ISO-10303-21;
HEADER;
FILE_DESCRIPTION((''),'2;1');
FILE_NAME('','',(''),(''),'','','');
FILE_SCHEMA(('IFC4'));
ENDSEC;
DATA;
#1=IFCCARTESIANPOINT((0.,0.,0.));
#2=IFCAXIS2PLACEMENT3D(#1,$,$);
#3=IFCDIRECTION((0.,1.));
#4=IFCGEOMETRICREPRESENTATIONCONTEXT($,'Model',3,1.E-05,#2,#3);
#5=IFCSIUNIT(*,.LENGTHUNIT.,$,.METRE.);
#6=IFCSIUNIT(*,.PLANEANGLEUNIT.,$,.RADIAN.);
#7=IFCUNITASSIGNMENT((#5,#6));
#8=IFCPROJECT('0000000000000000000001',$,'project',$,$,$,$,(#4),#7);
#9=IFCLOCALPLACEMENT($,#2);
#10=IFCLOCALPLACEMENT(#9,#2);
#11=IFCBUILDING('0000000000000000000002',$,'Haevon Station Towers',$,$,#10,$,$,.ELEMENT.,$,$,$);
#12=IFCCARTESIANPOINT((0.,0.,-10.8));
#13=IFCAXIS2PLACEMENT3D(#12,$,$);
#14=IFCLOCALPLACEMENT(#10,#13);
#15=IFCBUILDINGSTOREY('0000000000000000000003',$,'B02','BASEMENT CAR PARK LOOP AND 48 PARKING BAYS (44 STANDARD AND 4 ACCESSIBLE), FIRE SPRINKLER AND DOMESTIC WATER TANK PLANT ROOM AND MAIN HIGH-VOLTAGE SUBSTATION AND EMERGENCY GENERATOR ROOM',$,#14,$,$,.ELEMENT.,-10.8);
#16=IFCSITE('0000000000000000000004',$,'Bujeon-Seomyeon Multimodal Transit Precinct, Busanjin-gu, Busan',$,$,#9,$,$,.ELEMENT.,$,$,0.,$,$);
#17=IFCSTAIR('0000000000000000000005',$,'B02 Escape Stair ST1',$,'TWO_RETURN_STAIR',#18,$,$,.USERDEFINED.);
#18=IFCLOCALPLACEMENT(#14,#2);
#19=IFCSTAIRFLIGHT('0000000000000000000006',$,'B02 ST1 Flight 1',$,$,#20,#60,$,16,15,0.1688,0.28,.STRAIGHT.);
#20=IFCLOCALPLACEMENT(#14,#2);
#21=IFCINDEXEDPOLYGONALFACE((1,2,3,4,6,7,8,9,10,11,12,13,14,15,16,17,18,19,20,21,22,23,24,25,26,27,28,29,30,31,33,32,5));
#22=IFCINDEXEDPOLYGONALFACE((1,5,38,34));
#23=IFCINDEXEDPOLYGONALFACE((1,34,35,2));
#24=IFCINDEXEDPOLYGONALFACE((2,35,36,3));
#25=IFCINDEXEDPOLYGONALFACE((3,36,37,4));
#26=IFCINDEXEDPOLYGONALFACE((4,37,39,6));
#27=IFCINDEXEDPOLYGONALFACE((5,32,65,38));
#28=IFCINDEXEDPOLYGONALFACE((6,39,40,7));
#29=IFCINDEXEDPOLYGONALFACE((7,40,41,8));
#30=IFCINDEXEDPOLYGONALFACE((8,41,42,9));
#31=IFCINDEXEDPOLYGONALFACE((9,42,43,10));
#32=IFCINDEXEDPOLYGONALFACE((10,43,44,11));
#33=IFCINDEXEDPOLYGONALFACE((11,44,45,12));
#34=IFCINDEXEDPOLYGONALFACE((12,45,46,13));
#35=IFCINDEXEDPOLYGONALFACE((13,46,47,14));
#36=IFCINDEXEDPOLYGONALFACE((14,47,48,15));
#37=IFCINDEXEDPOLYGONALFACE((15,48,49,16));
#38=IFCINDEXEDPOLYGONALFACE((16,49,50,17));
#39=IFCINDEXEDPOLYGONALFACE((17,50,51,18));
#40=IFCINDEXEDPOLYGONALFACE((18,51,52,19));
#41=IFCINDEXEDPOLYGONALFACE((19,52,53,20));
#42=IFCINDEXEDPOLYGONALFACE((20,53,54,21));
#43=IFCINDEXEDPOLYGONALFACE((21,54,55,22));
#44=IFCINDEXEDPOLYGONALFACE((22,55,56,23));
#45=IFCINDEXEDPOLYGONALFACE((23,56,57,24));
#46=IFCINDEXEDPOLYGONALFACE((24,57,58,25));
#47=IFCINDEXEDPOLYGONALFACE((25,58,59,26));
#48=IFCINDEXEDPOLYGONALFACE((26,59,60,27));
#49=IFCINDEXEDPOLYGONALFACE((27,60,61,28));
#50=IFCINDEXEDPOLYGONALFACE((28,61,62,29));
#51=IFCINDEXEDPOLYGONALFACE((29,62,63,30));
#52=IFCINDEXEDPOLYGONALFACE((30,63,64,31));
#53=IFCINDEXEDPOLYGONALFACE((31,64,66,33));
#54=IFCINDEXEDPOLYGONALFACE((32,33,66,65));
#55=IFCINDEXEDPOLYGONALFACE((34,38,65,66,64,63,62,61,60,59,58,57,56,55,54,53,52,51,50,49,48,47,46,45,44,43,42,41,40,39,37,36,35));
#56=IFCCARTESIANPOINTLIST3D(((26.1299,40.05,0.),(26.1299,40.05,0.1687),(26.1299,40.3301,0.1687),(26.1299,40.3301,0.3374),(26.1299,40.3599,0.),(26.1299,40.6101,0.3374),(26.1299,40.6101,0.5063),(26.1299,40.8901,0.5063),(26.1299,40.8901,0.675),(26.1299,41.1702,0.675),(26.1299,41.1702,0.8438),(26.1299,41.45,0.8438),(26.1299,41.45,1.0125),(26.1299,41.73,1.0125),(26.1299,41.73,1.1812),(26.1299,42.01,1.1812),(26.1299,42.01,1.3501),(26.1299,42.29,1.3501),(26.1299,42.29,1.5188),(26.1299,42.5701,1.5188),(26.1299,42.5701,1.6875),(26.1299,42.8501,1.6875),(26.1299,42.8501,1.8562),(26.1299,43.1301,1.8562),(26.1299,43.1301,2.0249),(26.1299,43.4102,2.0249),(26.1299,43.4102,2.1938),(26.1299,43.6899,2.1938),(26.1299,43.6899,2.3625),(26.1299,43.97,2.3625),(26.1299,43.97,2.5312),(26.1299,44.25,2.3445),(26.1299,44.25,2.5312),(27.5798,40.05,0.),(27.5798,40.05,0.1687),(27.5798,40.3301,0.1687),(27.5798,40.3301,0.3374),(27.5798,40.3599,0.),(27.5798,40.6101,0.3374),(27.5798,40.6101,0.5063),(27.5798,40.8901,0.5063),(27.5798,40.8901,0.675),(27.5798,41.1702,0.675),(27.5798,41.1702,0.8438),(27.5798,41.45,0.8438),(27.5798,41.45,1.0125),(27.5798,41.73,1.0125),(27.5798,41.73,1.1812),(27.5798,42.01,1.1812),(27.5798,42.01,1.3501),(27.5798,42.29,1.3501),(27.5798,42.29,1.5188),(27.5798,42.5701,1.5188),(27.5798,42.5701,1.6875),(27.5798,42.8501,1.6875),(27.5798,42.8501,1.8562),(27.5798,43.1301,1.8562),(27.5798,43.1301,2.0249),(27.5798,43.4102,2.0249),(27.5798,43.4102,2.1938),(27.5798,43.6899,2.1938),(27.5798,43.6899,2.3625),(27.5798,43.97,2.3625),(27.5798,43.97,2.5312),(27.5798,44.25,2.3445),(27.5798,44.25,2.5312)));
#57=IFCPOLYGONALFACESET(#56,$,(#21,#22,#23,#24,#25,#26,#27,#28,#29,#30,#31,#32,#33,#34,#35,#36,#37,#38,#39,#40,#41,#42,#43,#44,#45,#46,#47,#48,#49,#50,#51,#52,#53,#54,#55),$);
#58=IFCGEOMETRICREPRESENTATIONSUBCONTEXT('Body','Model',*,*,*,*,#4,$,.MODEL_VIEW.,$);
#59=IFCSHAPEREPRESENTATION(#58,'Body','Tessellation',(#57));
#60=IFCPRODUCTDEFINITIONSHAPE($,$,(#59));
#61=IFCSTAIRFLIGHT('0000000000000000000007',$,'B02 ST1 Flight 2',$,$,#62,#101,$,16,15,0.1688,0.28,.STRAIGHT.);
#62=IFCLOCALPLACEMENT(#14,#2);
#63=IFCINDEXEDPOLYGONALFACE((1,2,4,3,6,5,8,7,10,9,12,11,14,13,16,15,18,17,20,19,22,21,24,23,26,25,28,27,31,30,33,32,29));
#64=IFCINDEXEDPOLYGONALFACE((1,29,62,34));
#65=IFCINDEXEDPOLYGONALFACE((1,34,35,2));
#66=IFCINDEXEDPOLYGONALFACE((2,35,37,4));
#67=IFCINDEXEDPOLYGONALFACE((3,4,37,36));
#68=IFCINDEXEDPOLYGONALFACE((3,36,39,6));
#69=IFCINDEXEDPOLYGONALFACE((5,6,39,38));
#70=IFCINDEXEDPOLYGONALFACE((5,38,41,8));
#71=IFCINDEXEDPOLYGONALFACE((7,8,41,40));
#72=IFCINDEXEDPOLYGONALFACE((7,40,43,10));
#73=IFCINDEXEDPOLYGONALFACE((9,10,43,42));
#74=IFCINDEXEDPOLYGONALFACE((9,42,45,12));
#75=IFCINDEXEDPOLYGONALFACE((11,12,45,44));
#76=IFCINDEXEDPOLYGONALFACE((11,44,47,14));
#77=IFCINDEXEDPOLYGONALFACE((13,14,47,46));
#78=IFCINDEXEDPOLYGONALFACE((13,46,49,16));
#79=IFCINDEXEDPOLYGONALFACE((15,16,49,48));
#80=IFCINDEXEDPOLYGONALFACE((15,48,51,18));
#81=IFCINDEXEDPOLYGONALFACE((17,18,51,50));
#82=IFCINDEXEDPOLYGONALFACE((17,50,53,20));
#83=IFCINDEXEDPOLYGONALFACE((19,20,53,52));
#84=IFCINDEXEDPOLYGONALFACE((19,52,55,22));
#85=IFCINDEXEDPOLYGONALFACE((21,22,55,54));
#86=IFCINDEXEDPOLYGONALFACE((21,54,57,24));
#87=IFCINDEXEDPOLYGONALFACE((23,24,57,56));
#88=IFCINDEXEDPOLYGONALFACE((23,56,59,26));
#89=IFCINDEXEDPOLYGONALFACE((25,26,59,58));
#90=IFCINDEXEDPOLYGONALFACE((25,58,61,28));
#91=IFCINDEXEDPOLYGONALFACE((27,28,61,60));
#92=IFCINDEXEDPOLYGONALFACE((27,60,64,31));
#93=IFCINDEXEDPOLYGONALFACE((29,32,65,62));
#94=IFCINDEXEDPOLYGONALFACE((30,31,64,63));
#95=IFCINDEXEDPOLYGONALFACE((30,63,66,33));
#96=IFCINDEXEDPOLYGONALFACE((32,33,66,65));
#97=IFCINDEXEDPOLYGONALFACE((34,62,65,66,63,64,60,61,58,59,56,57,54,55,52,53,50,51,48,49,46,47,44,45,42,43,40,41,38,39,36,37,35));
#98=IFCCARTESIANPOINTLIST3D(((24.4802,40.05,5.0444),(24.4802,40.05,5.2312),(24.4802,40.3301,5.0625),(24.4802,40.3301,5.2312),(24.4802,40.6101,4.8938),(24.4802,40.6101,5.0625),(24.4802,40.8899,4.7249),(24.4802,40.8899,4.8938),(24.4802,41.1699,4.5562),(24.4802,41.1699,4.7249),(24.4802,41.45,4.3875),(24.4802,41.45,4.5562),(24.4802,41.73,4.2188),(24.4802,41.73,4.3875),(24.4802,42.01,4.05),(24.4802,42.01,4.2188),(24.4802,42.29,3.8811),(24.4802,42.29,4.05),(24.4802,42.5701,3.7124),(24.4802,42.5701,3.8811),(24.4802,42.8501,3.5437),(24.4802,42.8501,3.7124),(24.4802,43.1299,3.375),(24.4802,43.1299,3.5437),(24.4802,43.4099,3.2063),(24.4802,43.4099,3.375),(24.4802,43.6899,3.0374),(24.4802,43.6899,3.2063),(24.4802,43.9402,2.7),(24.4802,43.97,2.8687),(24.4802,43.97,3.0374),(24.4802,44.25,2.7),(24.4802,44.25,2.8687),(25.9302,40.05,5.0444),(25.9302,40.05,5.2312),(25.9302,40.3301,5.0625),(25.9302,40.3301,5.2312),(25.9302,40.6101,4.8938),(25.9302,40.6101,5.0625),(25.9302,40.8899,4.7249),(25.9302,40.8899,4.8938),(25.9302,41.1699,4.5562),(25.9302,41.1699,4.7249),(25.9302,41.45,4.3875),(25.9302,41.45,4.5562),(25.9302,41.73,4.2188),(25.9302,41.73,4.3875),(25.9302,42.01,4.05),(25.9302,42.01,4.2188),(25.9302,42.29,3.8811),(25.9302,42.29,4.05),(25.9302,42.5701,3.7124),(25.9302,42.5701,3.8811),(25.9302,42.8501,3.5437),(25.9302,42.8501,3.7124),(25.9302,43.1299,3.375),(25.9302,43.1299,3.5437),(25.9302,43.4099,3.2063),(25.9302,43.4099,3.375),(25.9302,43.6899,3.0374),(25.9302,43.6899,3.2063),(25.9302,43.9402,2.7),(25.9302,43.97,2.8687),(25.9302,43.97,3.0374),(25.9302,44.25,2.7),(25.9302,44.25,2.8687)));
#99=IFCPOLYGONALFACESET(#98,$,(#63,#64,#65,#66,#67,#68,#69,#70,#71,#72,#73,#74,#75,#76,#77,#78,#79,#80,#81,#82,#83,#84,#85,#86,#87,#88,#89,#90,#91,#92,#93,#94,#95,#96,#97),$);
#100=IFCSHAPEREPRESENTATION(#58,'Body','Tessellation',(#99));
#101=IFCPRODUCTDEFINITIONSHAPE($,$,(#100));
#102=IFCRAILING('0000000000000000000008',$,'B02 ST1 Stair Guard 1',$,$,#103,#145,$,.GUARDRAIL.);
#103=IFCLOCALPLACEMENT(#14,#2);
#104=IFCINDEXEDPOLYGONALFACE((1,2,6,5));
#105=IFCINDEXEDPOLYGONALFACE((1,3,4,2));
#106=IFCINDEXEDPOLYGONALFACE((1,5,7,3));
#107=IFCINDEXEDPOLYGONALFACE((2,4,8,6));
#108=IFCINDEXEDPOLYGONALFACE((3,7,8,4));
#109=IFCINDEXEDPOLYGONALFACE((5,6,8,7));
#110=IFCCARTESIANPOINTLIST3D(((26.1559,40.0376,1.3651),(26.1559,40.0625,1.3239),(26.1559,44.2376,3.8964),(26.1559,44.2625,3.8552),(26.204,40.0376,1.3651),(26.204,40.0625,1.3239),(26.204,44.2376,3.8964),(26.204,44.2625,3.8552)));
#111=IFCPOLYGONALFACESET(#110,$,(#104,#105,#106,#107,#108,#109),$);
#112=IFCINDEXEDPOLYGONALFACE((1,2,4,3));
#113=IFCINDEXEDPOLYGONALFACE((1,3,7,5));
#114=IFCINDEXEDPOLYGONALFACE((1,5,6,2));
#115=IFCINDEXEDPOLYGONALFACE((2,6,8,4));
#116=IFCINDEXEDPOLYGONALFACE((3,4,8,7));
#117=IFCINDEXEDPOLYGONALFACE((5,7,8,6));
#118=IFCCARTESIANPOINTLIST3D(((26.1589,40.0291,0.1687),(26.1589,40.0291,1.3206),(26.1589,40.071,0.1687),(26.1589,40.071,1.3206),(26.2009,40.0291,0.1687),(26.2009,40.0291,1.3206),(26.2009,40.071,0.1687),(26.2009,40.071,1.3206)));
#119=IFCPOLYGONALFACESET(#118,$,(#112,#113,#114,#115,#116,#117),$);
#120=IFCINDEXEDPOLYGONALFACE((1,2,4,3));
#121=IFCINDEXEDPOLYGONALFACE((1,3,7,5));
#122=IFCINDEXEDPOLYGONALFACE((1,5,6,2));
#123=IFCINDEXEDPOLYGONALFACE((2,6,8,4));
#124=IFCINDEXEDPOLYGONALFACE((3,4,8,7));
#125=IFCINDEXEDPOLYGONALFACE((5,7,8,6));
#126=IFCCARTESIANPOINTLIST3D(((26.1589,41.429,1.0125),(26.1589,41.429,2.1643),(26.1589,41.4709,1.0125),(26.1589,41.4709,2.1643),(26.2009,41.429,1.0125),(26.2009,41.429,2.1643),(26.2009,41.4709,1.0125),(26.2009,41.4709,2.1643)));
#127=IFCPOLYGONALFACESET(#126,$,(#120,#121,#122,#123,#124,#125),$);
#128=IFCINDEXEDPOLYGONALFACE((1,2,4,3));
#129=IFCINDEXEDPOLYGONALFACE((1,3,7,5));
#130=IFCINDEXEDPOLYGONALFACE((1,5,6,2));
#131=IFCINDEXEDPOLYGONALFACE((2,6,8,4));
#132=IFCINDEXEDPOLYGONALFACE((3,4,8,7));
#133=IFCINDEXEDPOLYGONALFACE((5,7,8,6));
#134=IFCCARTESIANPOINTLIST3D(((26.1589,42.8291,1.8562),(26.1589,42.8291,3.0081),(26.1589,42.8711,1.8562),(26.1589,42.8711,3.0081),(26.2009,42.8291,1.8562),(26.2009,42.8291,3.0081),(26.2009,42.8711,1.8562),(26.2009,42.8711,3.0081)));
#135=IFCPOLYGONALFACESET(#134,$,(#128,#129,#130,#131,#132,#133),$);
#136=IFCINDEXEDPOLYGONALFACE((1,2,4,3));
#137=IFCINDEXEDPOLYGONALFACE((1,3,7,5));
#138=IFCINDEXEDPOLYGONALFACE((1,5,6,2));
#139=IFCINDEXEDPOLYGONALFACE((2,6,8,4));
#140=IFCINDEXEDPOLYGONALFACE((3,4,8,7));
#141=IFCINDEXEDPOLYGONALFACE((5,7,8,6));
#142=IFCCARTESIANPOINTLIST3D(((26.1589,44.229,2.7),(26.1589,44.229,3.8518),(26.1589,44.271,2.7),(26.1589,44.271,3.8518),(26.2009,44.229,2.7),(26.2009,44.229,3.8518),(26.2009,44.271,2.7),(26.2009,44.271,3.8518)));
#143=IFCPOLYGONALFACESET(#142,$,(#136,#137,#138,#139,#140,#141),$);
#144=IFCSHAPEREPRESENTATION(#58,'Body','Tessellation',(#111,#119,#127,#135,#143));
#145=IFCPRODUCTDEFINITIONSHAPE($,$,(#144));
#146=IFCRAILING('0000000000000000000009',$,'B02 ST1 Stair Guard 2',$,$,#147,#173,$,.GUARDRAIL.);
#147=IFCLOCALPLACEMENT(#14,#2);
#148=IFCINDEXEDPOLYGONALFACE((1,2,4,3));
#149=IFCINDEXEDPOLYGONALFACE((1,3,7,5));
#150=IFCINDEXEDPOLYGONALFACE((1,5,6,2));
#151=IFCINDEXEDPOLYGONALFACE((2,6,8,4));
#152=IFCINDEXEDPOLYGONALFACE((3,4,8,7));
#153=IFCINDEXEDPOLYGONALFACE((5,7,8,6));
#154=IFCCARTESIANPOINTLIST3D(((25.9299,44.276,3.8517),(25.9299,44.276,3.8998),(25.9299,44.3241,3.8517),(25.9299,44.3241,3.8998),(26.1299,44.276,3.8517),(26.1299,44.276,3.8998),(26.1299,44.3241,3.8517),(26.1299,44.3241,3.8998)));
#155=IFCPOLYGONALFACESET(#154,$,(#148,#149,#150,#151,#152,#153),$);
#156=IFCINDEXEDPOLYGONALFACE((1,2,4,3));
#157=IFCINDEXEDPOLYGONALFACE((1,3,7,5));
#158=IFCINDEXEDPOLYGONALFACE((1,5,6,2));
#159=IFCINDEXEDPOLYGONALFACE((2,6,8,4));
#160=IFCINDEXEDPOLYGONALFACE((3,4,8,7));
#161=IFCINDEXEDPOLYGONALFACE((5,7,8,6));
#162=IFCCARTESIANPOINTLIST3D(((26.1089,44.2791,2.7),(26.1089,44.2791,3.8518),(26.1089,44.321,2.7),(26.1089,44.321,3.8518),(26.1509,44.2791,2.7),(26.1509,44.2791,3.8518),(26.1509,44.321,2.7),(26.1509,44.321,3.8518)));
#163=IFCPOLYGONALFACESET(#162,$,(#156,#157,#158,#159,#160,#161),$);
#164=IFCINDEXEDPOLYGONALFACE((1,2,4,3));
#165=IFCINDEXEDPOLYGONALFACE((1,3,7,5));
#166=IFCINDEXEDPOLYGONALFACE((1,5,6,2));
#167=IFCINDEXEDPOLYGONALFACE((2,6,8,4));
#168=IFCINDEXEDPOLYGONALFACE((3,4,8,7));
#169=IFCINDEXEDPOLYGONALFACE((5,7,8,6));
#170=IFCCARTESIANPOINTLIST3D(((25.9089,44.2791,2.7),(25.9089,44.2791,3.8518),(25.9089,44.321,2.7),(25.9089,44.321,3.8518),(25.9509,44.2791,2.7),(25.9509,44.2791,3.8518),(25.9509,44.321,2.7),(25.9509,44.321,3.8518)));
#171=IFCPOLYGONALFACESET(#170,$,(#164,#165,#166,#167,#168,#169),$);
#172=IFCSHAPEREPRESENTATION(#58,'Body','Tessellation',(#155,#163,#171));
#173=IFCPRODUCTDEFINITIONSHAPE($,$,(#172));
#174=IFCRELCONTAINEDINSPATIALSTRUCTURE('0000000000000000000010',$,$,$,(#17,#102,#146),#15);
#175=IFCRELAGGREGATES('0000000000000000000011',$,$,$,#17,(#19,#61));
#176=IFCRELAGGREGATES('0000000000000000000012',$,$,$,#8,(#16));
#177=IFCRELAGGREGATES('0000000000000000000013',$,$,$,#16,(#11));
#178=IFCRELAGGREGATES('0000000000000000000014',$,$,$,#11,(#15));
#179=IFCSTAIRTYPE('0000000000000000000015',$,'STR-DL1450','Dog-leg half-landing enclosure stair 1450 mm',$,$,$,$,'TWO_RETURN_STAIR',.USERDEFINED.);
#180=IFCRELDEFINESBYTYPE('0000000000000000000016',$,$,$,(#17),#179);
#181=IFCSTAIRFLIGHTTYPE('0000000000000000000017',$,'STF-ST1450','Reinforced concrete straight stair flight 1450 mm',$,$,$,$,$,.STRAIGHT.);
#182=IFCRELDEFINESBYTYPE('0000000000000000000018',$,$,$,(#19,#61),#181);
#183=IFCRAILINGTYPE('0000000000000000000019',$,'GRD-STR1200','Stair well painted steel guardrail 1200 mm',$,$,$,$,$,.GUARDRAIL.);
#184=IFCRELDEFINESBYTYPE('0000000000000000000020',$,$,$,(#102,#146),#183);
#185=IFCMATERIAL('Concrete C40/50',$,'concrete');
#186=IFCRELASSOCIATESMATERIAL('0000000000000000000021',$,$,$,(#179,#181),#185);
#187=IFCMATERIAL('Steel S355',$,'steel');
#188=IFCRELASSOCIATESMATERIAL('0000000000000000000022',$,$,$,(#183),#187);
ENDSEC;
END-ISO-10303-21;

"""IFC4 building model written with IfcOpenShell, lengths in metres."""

from ifc_helpers import new_model, si_unit, direction, frame, origin, origin_2d, place, context, subcontext, project, spatial, polyline, rectangle, outline, extrude, material, type_object, element, aggregate, save


model = new_model("IFC4")

# Units and contexts
model_context = context("Model", 3, precision=1e-05, world=origin(), true_north=direction((0.0, 1.0)))
body_context = subcontext(model_context, "Body", "Model", "MODEL_VIEW")
ifc_project = project(units=[si_unit("LENGTHUNIT", "METRE"), si_unit("PLANEANGLEUNIT", "RADIAN")], contexts=[model_context])

# Site, building, storey
site_placement = place(None, origin())
site = spatial("IfcSite", under=ifc_project, at=site_placement, Name="Bujeon-Seomyeon Multimodal Transit Precinct, Busanjin-gu, Busan", CompositionType="ELEMENT", RefElevation=0.0)
building_placement = place(site_placement, origin())
building = spatial("IfcBuilding", under=site, at=building_placement, Name="Haevon Station Towers", CompositionType="ELEMENT")
storey_placement = place(building_placement, frame((0.0, 0.0, -10.8)))
storey = spatial("IfcBuildingStorey", under=building, at=storey_placement, Name="B02", Description="BASEMENT CAR PARK LOOP AND 48 PARKING BAYS (44 STANDARD AND 4 ACCESSIBLE), FIRE SPRINKLER AND DOMESTIC WATER TANK PLANT ROOM AND MAIN HIGH-VOLTAGE SUBSTATION AND EMERGENCY GENERATOR ROOM", CompositionType="ELEMENT", Elevation=-10.8)

# Shared definitions
ifc_material_1 = material(Name="Steel S355", Category="steel")

# Shared definitions
ifc_material_2 = material(Name="Concrete C40/50", Category="concrete")

# Stair, stair flights
stair_type = type_object("IfcStairType", Name="STR-DL1450", Description="Dog-leg half-landing enclosure stair 1450 mm", ElementType="TWO_RETURN_STAIR", PredefinedType="USERDEFINED", material=ifc_material_2)
stair_placement = place(storey_placement, origin())
stair = element("IfcStair", 1, at=stair_placement, inside=storey, type_object=stair_type, Name="B02 Escape Stair ST1", ObjectType="TWO_RETURN_STAIR", PredefinedType="USERDEFINED")
stair_flight_type = type_object("IfcStairFlightType", Name="STF-ST1450", Description="Reinforced concrete straight stair flight 1450 mm", PredefinedType="STRAIGHT", material=ifc_material_2)
stair_flight_1_placement = place(storey_placement, frame((26.855, 40.05, 0.0), z_axis=(0.0, 0.0, 1.0), x_axis=(0.0, 1.0, 0.0)))
stair_flight_1 = element("IfcStairFlight", 2, at=stair_flight_1_placement, type_object=stair_flight_type, Name="B02 ST1 Flight 1", NumberOfRisers=16, NumberOfTreads=15, PredefinedType="STRAIGHT", RiserHeight=0.1688, TreadLength=0.28, context=body_context, shape_type="SweptSolid", body=[
    extrude(outline(polyline([(0.0, 0.0), (0.0, 0.1687), (0.28, 0.1687), (0.28, 0.3374), (0.5601, 0.3374), (0.5601, 0.5063), (0.8401, 0.5063), (0.8401, 0.675), (1.1201, 0.675), (1.1201, 0.8438), (1.3999, 0.8438), (1.3999, 1.0125), (1.6799, 1.0125), (1.6799, 1.1812), (1.96, 1.1812), (1.96, 1.3501), (2.24, 1.3501), (2.24, 1.5188), (2.52, 1.5188), (2.52, 1.6875), (2.8, 1.6875), (2.8, 1.8562), (3.0801, 1.8562), (3.0801, 2.0249), (3.3601, 2.0249), (3.3601, 2.1938), (3.6399, 2.1938), (3.6399, 2.3625), (3.9199, 2.3625), (3.9199, 2.5312), (4.2, 2.5312), (4.2, 2.7), (4.2, 2.3445), (0.3098, 0.0), (0.0, 0.0)])), frame((0.0, 0.7251, 0.0), z_axis=(0.0, -1.0, 0.0), x_axis=(1.0, 0.0, 0.0)), (0.0, 0.0, 1.0), 1.45),
])
stair_flight_2_placement = place(storey_placement, frame((25.2051, 44.25, 2.7), z_axis=(0.0, 0.0, 1.0), x_axis=(0.0, -1.0, 0.0)))
stair_flight_2 = element("IfcStairFlight", 3, at=stair_flight_2_placement, type_object=stair_flight_type, Name="B02 ST1 Flight 2", NumberOfRisers=16, NumberOfTreads=15, PredefinedType="STRAIGHT", RiserHeight=0.1688, TreadLength=0.28, context=body_context, shape_type="SweptSolid", body=[
    extrude(outline(polyline([(0.0, 0.0), (0.0, 0.1687), (0.28, 0.1687), (0.28, 0.3374), (0.5601, 0.3374), (0.5601, 0.5063), (0.8401, 0.5063), (0.8401, 0.675), (1.1201, 0.675), (1.1201, 0.8438), (1.3999, 0.8438), (1.3999, 1.0125), (1.6799, 1.0125), (1.6799, 1.1812), (1.96, 1.1812), (1.96, 1.3501), (2.24, 1.3501), (2.24, 1.5188), (2.52, 1.5188), (2.52, 1.6875), (2.8, 1.6875), (2.8, 1.8562), (3.0801, 1.8562), (3.0801, 2.0249), (3.3601, 2.0249), (3.3601, 2.1938), (3.6399, 2.1938), (3.6399, 2.3625), (3.9199, 2.3625), (3.9199, 2.5312), (4.2, 2.5312), (4.2, 2.7), (4.2, 2.3445), (0.3098, 0.0), (0.0, 0.0)])), frame((0.0, 0.7251, 0.0), z_axis=(0.0, -1.0, 0.0), x_axis=(1.0, 0.0, 0.0)), (0.0, 0.0, 1.0), 1.45),
])
aggregate(stair, [stair_flight_1, stair_flight_2])

# Railings
railing_type_1 = type_object("IfcRailingType", Name="GRD-STR1200", Description="Stair well painted steel guardrail 1200 mm", PredefinedType="GUARDRAIL", material=ifc_material_1)
railing_1_placement = place(storey_placement, frame((26.1799, 40.05, 0.1687)))
element("IfcRailing", 4, at=railing_1_placement, inside=storey, type_object=railing_type_1, Name="B02 ST1 Stair Guard 1", PredefinedType="GUARDRAIL", context=body_context, shape_type="SweptSolid", body=[
    extrude(rectangle(XDim=0.0481, YDim=0.0481, at=origin_2d()), frame((0.0, 0.0, 1.1758), z_axis=(0.0, 0.856476, 0.516186), x_axis=(-1.0, 0.0, 0.0)), (0.0, 0.0, 1.0), 4.9038),
    extrude(rectangle(XDim=0.042, YDim=0.042, at=origin_2d()), origin(), (0.0, 0.0, 1.0), 1.1519),
    extrude(rectangle(XDim=0.042, YDim=0.042, at=origin_2d()), frame((0.0, 1.3999, 0.8438)), (0.0, 0.0, 1.0), 1.1519),
    extrude(rectangle(XDim=0.042, YDim=0.042, at=origin_2d()), frame((0.0, 2.8, 1.6875)), (0.0, 0.0, 1.0), 1.1519),
    extrude(rectangle(XDim=0.042, YDim=0.042, at=origin_2d()), frame((0.0, 4.2, 2.5312)), (0.0, 0.0, 1.0), 1.1519),
])
railing_2_placement = place(storey_placement, frame((26.1299, 44.3, 2.7)))
element("IfcRailing", 5, at=railing_2_placement, inside=storey, type_object=railing_type_1, Name="B02 ST1 Stair Guard 2", PredefinedType="GUARDRAIL", context=body_context, shape_type="SweptSolid", body=[
    extrude(rectangle(XDim=0.0481, YDim=0.0481, at=origin_2d()), frame((0.0, 0.0, 1.1758), z_axis=(-1.0, 0.0, 0.0), x_axis=(0.0, -1.0, 0.0)), (0.0, 0.0, 1.0), 0.2),
    extrude(rectangle(XDim=0.042, YDim=0.042, at=origin_2d()), origin(), (0.0, 0.0, 1.0), 1.1519),
    extrude(rectangle(XDim=0.042, YDim=0.042, at=origin_2d()), frame((-0.2, 0.0, 0.0)), (0.0, 0.0, 1.0), 1.1519),
])

save(model, "model.ifc")
